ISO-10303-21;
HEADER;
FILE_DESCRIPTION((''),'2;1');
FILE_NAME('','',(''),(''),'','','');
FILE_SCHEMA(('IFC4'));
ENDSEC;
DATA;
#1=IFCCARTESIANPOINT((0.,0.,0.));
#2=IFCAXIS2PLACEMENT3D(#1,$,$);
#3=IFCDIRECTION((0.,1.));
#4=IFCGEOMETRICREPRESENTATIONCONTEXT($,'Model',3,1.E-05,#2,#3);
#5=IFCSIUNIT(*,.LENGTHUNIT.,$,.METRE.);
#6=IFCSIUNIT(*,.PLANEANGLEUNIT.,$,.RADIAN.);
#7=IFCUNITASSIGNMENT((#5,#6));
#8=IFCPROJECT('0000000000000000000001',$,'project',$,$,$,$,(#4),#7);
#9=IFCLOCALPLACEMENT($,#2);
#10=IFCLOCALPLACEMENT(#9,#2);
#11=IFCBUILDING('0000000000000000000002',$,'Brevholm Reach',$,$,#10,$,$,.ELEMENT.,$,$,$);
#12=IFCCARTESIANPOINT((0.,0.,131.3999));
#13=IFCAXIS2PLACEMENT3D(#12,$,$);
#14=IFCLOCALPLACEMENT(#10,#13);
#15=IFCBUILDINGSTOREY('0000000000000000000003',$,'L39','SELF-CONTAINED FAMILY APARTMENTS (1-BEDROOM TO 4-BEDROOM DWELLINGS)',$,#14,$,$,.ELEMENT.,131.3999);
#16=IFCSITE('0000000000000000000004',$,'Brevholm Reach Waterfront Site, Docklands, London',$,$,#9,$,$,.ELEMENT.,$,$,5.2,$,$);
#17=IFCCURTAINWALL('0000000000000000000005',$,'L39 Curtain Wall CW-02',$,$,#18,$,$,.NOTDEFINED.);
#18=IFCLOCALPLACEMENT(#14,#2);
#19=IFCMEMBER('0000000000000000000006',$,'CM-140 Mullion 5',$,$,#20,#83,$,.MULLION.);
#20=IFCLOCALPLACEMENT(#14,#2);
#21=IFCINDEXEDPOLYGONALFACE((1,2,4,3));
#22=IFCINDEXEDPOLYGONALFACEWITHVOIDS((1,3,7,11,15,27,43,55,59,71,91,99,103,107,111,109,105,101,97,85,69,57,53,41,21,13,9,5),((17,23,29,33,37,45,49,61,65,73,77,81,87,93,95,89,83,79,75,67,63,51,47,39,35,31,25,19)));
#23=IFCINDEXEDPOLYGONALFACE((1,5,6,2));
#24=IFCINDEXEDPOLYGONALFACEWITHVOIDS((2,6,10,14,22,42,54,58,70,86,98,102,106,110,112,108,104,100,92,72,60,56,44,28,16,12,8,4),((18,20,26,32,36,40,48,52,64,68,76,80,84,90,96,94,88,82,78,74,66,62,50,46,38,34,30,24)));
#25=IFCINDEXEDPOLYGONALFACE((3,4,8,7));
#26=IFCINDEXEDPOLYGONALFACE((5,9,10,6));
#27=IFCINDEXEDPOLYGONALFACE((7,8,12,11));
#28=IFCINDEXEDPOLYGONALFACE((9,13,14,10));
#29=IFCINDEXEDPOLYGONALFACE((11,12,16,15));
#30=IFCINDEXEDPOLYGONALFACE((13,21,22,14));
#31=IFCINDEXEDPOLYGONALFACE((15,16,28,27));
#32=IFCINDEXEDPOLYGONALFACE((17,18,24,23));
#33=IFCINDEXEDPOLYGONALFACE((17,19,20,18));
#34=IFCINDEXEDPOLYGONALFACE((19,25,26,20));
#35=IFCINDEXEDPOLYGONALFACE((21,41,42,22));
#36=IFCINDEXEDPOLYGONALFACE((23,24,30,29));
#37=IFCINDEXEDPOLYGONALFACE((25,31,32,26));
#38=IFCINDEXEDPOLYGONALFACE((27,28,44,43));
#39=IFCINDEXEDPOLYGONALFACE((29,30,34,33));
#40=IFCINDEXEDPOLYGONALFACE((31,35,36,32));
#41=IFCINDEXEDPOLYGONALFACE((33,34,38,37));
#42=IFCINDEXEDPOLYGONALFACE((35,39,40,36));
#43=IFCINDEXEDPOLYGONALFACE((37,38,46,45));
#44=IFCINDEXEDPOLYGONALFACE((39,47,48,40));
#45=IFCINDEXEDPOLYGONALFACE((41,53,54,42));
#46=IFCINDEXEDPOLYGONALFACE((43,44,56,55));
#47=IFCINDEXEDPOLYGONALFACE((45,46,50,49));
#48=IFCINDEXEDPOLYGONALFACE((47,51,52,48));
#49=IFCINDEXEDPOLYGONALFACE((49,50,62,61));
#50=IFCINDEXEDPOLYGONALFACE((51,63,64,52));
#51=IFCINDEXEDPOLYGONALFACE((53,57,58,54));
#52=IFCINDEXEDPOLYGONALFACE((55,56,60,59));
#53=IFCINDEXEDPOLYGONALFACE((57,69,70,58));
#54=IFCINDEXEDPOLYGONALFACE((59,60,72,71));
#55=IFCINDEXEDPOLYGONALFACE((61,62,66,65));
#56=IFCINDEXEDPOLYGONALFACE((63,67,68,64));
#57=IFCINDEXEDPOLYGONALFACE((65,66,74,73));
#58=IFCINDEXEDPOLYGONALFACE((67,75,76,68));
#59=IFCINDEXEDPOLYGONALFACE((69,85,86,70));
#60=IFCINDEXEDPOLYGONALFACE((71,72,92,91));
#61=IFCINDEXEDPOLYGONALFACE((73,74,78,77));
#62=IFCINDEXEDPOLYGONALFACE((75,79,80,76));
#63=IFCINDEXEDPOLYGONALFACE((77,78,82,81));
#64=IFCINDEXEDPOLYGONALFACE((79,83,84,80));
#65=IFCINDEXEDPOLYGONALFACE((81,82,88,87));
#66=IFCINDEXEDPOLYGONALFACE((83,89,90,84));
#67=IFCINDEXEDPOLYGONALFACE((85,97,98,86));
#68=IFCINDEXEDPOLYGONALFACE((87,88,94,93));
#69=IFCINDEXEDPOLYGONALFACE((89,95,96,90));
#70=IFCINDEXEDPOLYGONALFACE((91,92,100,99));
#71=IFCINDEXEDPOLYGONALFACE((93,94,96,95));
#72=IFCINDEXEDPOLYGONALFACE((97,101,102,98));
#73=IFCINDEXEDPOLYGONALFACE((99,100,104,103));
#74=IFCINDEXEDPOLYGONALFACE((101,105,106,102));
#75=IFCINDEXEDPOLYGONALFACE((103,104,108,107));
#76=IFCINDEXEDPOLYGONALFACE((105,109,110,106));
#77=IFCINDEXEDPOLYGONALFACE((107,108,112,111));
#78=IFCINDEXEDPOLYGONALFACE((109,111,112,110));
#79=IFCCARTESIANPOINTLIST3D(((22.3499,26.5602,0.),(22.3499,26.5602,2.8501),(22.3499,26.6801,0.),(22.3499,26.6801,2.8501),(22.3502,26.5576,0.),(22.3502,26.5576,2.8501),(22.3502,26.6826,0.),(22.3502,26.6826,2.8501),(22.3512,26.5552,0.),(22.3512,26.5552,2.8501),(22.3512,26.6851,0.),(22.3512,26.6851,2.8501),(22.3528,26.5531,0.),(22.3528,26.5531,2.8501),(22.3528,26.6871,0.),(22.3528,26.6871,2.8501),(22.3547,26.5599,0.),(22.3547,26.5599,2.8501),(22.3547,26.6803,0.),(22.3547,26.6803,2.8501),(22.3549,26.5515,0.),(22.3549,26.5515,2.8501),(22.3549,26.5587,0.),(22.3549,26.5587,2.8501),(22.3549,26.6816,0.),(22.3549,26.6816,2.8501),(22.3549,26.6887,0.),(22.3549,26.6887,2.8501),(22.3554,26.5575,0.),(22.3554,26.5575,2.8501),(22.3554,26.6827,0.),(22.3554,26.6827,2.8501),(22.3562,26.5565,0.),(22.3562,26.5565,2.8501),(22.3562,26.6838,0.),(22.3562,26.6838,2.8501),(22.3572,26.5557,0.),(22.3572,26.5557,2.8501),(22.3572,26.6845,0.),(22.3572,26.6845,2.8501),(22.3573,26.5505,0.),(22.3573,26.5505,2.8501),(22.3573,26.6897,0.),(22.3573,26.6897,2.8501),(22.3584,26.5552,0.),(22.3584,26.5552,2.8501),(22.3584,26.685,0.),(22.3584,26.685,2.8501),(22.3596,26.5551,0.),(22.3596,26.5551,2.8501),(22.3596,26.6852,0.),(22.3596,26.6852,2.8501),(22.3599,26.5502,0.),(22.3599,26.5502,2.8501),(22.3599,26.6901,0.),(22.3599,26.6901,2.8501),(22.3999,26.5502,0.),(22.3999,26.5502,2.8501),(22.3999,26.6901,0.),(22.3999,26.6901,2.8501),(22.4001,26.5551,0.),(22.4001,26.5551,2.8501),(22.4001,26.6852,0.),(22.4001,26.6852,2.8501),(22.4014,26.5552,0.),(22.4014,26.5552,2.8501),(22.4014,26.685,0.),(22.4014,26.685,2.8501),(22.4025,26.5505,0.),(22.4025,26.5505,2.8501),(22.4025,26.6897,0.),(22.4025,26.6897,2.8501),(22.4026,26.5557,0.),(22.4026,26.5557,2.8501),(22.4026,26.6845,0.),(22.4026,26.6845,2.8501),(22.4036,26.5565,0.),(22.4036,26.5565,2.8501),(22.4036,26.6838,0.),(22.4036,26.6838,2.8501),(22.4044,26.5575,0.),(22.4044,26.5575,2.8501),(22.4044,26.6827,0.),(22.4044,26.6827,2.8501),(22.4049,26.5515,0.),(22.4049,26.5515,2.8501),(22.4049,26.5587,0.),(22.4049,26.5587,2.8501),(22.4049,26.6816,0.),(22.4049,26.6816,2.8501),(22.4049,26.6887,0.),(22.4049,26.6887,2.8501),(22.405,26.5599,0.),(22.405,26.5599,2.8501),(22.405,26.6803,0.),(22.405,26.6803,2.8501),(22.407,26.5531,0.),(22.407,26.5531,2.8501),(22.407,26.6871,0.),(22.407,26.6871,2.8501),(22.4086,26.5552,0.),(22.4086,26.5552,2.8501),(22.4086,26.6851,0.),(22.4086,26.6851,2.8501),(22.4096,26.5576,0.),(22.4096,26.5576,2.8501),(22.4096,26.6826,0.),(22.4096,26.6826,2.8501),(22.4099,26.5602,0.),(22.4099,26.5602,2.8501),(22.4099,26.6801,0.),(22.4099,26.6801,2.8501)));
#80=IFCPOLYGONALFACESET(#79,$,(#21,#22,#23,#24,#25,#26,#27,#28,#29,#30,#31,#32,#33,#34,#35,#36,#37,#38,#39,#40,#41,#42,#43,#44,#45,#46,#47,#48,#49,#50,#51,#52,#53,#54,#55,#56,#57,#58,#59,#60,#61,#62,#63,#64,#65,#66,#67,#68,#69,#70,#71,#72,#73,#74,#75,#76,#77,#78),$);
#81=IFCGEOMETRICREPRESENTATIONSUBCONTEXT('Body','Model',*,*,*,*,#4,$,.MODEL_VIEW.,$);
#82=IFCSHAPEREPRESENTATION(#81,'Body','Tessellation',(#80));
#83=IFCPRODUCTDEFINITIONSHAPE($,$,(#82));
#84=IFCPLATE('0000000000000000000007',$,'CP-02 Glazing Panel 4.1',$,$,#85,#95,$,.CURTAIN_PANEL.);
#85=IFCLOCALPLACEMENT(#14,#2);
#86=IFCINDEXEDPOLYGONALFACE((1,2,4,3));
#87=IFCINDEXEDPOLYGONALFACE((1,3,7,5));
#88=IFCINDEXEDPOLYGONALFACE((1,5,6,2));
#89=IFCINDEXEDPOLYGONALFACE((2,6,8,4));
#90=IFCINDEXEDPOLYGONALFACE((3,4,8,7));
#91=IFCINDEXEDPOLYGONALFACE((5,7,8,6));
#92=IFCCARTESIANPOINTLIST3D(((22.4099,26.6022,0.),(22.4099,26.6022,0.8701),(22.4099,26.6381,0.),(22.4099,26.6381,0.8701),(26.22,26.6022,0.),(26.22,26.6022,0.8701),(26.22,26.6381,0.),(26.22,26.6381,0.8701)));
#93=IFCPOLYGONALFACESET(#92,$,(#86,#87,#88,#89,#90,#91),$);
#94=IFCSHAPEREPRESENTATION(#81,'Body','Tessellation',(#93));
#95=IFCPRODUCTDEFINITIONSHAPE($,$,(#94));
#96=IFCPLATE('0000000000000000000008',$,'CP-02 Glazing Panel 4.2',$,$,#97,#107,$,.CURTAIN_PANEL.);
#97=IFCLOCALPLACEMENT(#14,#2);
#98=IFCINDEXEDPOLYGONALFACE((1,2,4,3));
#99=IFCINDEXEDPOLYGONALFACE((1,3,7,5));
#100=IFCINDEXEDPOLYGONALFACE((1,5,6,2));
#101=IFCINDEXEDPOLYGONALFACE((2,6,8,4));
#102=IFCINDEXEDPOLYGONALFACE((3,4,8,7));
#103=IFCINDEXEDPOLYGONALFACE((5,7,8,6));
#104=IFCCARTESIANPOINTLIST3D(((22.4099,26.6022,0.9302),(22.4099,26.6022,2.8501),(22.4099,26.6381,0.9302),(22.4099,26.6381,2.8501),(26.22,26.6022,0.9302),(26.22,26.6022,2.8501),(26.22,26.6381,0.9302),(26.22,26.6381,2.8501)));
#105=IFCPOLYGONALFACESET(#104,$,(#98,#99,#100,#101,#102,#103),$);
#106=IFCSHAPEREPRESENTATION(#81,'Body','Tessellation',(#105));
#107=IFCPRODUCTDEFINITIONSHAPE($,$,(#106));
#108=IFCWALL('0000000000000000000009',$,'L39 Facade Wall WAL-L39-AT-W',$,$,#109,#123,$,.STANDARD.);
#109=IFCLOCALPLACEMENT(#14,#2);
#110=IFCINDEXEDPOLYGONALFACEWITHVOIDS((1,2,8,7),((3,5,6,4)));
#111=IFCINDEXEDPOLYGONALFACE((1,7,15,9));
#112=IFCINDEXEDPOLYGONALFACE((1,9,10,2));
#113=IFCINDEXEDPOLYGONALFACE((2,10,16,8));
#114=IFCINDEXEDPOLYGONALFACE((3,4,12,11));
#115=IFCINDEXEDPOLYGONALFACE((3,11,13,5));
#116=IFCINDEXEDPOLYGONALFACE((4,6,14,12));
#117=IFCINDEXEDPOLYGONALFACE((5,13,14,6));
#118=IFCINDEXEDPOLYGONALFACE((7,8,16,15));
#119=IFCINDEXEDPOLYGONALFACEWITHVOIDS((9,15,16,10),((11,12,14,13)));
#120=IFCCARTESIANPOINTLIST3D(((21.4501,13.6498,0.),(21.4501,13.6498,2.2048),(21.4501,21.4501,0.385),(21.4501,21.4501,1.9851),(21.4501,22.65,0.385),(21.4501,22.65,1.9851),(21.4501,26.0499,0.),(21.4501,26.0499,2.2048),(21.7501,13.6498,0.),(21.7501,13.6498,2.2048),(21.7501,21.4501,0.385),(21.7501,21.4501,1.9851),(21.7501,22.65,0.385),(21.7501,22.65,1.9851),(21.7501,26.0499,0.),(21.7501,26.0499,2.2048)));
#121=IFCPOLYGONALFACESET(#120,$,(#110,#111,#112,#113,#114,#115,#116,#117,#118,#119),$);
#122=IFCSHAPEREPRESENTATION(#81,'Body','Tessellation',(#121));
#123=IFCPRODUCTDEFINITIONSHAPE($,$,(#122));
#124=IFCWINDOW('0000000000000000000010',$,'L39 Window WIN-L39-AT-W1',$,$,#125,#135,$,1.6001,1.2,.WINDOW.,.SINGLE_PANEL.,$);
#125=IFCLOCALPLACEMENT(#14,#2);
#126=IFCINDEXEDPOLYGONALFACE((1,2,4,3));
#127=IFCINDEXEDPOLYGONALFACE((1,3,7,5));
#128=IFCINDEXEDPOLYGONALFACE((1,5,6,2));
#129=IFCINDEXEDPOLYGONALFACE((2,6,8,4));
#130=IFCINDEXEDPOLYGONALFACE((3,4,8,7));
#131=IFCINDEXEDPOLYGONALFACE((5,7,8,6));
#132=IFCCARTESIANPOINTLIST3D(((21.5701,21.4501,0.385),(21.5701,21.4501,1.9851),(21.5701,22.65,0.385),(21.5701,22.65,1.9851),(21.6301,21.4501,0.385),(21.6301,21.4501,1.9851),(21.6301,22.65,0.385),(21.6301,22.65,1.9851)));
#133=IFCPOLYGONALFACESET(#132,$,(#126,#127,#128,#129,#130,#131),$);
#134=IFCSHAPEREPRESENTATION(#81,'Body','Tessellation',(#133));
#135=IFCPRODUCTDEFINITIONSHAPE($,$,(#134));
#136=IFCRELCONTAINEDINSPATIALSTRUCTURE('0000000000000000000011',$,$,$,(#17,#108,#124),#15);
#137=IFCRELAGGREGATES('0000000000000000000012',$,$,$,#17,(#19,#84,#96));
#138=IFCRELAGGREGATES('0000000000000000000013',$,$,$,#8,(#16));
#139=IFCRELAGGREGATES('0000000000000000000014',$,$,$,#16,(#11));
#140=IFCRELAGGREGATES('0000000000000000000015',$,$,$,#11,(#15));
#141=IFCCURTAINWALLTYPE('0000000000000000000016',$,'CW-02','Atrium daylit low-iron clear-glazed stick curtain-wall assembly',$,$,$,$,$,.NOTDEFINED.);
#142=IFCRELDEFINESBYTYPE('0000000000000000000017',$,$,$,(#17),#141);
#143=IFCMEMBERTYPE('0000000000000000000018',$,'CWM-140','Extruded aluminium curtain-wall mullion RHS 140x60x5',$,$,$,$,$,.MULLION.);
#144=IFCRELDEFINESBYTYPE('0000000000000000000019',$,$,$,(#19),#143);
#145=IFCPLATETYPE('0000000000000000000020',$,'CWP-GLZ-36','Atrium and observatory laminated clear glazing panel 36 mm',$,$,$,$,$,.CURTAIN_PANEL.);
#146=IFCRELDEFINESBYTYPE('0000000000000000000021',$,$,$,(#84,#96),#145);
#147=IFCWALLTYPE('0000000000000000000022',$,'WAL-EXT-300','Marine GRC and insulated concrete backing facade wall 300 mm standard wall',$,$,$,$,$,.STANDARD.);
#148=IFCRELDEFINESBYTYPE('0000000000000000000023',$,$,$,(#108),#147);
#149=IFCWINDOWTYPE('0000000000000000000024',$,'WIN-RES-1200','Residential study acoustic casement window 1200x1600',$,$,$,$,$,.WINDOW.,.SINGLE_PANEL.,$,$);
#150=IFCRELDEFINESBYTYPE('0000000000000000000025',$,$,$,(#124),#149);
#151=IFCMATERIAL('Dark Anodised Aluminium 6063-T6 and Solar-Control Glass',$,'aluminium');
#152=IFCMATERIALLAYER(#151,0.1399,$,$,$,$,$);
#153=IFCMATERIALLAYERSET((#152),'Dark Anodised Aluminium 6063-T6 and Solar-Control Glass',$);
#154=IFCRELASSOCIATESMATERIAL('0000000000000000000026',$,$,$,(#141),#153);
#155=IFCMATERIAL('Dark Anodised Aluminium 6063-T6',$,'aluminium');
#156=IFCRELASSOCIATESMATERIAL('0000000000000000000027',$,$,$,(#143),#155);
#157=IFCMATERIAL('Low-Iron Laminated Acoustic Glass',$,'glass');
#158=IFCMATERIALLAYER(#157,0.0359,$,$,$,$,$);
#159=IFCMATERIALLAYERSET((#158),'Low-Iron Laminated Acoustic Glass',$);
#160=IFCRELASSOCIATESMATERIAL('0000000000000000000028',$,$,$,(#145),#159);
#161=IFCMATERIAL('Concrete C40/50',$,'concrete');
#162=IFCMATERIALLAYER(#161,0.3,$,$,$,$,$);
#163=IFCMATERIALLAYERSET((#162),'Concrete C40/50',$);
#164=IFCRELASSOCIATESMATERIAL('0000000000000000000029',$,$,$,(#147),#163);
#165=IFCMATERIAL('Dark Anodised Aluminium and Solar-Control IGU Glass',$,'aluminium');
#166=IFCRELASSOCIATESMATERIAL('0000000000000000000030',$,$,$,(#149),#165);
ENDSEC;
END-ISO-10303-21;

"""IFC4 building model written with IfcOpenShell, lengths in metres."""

from ifc_helpers import new_model, si_unit, direction, frame, frame_2d, origin, origin_2d, place, context, subcontext, project, spatial, rectangle, hollow_rectangle, extrude, material, layer, layer_set, material_profile, profile_set, type_object, element, fill, aggregate, save


model = new_model("IFC4")

# Units and contexts
model_context = context("Model", 3, precision=1e-05, world=origin(), true_north=direction((0.0, 1.0)))
body_context = subcontext(model_context, "Body", "Model", "MODEL_VIEW")
ifc_project = project(units=[si_unit("LENGTHUNIT", "METRE"), si_unit("PLANEANGLEUNIT", "RADIAN")], contexts=[model_context])

# Site, building, storey
site_placement = place(None, origin())
site = spatial("IfcSite", under=ifc_project, at=site_placement, Name="Brevholm Reach Waterfront Site, Docklands, London", CompositionType="ELEMENT", RefElevation=5.2)
building_placement = place(site_placement, origin())
building = spatial("IfcBuilding", under=site, at=building_placement, Name="Brevholm Reach", CompositionType="ELEMENT")
storey_placement = place(building_placement, frame((0.0, 0.0, 131.3999)))
storey = spatial("IfcBuildingStorey", under=building, at=storey_placement, Name="L39", Description="SELF-CONTAINED FAMILY APARTMENTS (1-BEDROOM TO 4-BEDROOM DWELLINGS)", CompositionType="ELEMENT", Elevation=131.3999)

# Curtain wall, member, plates
ifc_material_1 = material(Name="Dark Anodised Aluminium 6063-T6 and Solar-Control Glass", Category="aluminium")
ifc_layer_1 = layer(ifc_material_1, 0.1399)
ifc_layer_set_1 = layer_set([ifc_layer_1], Name="Dark Anodised Aluminium 6063-T6 and Solar-Control Glass")
curtain_wall_type = type_object("IfcCurtainWallType", Name="CW-02", Description="Atrium daylit low-iron clear-glazed stick curtain-wall assembly", PredefinedType="NOTDEFINED", material=ifc_layer_set_1)
curtain_wall_placement = place(storey_placement, origin())
curtain_wall = element("IfcCurtainWall", 1, at=curtain_wall_placement, inside=storey, type_object=curtain_wall_type, Name="L39 Curtain Wall CW-02", PredefinedType="NOTDEFINED")
ifc_material_2 = material(Name="Dark Anodised Aluminium 6063-T6", Category="aluminium")
ifc_material_profile_1 = material_profile(ifc_material_2, hollow_rectangle(XDim=0.0601, YDim=0.1399, WallThickness=0.0049, InnerFilletRadius=0.0049, OuterFilletRadius=0.01, at=origin_2d()), Name="RHS 140x60x5")
ifc_profile_set_1 = profile_set([ifc_material_profile_1], Name="Dark Anodised Aluminium 6063-T6")
member_type = type_object("IfcMemberType", Name="CWM-140", Description="Extruded aluminium curtain-wall mullion RHS 140x60x5", PredefinedType="MULLION", material=ifc_profile_set_1)
member_placement = place(storey_placement, frame((22.3799, 26.6201, 0.0), z_axis=(0.0, 0.0, 1.0), x_axis=(-1.0, 0.0, 0.0)))
member = element("IfcMember", 2, at=member_placement, type_object=member_type, Name="CM-140 Mullion 5", PredefinedType="MULLION", context=body_context, shape_type="SweptSolid", body=[
    extrude(hollow_rectangle(XDim=0.0601, YDim=0.1399, WallThickness=0.0049, InnerFilletRadius=0.0049, OuterFilletRadius=0.01, at=origin_2d()), origin(), (0.0, 0.0, 1.0), 2.8501),
])
ifc_material_3 = material(Name="Low-Iron Laminated Acoustic Glass", Category="glass")
ifc_layer_2 = layer(ifc_material_3, 0.0359)
ifc_layer_set_2 = layer_set([ifc_layer_2], Name="Low-Iron Laminated Acoustic Glass")
plate_type = type_object("IfcPlateType", Name="CWP-GLZ-36", Description="Atrium and observatory laminated clear glazing panel 36 mm", PredefinedType="CURTAIN_PANEL", material=ifc_layer_set_2)
plate_1_placement = place(storey_placement, frame((24.3149, 26.6201, 0.0), z_axis=(0.0, 0.0, 1.0), x_axis=(-1.0, 0.0, 0.0)))
plate_1 = element("IfcPlate", 3, at=plate_1_placement, type_object=plate_type, Name="CP-02 Glazing Panel 4.1", PredefinedType="CURTAIN_PANEL", context=body_context, shape_type="SweptSolid", body=[
    extrude(rectangle(XDim=3.8101, YDim=0.0359, at=origin_2d()), origin(), (0.0, 0.0, 1.0), 0.8701),
])
plate_2_placement = place(storey_placement, frame((24.3149, 26.6201, 0.9302), z_axis=(0.0, 0.0, 1.0), x_axis=(-1.0, 0.0, 0.0)))
plate_2 = element("IfcPlate", 4, at=plate_2_placement, type_object=plate_type, Name="CP-02 Glazing Panel 4.2", PredefinedType="CURTAIN_PANEL", context=body_context, shape_type="SweptSolid", body=[
    extrude(rectangle(XDim=3.8101, YDim=0.0359, at=origin_2d()), origin(), (0.0, 0.0, 1.0), 1.9199),
])
aggregate(curtain_wall, [member, plate_1, plate_2])

# Wall, opening, window
ifc_material_4 = material(Name="Concrete C40/50", Category="concrete")
ifc_layer_3 = layer(ifc_material_4, 0.3)
ifc_layer_set_3 = layer_set([ifc_layer_3], Name="Concrete C40/50")
wall_type = type_object("IfcWallType", Name="WAL-EXT-300", Description="Marine GRC and insulated concrete backing facade wall 300 mm standard wall", PredefinedType="STANDARD", material=ifc_layer_set_3)
wall_placement = place(storey_placement, frame((21.6001, 26.05, 0.0), z_axis=(0.0, 0.0, 1.0), x_axis=(0.0, -1.0, 0.0)))
wall = element("IfcWall", 5, at=wall_placement, inside=storey, type_object=wall_type, Name="L39 Facade Wall WAL-L39-AT-W", PredefinedType="STANDARD", context=body_context, shape_type="SweptSolid", body=[
    extrude(rectangle(XDim=12.4001, YDim=0.3, at=frame_2d((6.2002, 0.0))), origin(), (0.0, 0.0, 1.0), 2.2048),
])
opening_placement = place(wall_placement, frame((3.3999, 0.0, 0.385)))
opening = element("IfcOpeningElement", 6, at=opening_placement, cuts=wall, PredefinedType="OPENING", context=body_context, shape_type="SweptSolid", body=[
    extrude(rectangle(XDim=1.2, YDim=1.6001, at=frame_2d((0.6001, 0.8))), frame((0.0, 0.1599, 0.0), z_axis=(0.0, -1.0, 0.0), x_axis=(1.0, 0.0, 0.0)), (0.0, 0.0, 1.0), 0.3201),
])
ifc_material_5 = material(Name="Dark Anodised Aluminium and Solar-Control IGU Glass", Category="aluminium")
window_type = type_object("IfcWindowType", Name="WIN-RES-1200", Description="Residential study acoustic casement window 1200x1600", PartitioningType="SINGLE_PANEL", PredefinedType="WINDOW", material=ifc_material_5)
window_placement = place(opening_placement, origin())
window = element("IfcWindow", 7, at=window_placement, inside=storey, type_object=window_type, Name="L39 Window WIN-L39-AT-W1", OverallHeight=1.6001, OverallWidth=1.2, PartitioningType="SINGLE_PANEL", PredefinedType="WINDOW", context=body_context, shape_type="SweptSolid", body=[
    extrude(rectangle(XDim=1.2, YDim=1.6001, at=frame_2d((0.6001, 0.8))), frame((0.0, 0.03, 0.0), z_axis=(0.0, -1.0, 0.0), x_axis=(1.0, 0.0, 0.0)), (0.0, 0.0, 1.0), 0.0601),
])
fill(opening, window)

save(model, "model.ifc")
